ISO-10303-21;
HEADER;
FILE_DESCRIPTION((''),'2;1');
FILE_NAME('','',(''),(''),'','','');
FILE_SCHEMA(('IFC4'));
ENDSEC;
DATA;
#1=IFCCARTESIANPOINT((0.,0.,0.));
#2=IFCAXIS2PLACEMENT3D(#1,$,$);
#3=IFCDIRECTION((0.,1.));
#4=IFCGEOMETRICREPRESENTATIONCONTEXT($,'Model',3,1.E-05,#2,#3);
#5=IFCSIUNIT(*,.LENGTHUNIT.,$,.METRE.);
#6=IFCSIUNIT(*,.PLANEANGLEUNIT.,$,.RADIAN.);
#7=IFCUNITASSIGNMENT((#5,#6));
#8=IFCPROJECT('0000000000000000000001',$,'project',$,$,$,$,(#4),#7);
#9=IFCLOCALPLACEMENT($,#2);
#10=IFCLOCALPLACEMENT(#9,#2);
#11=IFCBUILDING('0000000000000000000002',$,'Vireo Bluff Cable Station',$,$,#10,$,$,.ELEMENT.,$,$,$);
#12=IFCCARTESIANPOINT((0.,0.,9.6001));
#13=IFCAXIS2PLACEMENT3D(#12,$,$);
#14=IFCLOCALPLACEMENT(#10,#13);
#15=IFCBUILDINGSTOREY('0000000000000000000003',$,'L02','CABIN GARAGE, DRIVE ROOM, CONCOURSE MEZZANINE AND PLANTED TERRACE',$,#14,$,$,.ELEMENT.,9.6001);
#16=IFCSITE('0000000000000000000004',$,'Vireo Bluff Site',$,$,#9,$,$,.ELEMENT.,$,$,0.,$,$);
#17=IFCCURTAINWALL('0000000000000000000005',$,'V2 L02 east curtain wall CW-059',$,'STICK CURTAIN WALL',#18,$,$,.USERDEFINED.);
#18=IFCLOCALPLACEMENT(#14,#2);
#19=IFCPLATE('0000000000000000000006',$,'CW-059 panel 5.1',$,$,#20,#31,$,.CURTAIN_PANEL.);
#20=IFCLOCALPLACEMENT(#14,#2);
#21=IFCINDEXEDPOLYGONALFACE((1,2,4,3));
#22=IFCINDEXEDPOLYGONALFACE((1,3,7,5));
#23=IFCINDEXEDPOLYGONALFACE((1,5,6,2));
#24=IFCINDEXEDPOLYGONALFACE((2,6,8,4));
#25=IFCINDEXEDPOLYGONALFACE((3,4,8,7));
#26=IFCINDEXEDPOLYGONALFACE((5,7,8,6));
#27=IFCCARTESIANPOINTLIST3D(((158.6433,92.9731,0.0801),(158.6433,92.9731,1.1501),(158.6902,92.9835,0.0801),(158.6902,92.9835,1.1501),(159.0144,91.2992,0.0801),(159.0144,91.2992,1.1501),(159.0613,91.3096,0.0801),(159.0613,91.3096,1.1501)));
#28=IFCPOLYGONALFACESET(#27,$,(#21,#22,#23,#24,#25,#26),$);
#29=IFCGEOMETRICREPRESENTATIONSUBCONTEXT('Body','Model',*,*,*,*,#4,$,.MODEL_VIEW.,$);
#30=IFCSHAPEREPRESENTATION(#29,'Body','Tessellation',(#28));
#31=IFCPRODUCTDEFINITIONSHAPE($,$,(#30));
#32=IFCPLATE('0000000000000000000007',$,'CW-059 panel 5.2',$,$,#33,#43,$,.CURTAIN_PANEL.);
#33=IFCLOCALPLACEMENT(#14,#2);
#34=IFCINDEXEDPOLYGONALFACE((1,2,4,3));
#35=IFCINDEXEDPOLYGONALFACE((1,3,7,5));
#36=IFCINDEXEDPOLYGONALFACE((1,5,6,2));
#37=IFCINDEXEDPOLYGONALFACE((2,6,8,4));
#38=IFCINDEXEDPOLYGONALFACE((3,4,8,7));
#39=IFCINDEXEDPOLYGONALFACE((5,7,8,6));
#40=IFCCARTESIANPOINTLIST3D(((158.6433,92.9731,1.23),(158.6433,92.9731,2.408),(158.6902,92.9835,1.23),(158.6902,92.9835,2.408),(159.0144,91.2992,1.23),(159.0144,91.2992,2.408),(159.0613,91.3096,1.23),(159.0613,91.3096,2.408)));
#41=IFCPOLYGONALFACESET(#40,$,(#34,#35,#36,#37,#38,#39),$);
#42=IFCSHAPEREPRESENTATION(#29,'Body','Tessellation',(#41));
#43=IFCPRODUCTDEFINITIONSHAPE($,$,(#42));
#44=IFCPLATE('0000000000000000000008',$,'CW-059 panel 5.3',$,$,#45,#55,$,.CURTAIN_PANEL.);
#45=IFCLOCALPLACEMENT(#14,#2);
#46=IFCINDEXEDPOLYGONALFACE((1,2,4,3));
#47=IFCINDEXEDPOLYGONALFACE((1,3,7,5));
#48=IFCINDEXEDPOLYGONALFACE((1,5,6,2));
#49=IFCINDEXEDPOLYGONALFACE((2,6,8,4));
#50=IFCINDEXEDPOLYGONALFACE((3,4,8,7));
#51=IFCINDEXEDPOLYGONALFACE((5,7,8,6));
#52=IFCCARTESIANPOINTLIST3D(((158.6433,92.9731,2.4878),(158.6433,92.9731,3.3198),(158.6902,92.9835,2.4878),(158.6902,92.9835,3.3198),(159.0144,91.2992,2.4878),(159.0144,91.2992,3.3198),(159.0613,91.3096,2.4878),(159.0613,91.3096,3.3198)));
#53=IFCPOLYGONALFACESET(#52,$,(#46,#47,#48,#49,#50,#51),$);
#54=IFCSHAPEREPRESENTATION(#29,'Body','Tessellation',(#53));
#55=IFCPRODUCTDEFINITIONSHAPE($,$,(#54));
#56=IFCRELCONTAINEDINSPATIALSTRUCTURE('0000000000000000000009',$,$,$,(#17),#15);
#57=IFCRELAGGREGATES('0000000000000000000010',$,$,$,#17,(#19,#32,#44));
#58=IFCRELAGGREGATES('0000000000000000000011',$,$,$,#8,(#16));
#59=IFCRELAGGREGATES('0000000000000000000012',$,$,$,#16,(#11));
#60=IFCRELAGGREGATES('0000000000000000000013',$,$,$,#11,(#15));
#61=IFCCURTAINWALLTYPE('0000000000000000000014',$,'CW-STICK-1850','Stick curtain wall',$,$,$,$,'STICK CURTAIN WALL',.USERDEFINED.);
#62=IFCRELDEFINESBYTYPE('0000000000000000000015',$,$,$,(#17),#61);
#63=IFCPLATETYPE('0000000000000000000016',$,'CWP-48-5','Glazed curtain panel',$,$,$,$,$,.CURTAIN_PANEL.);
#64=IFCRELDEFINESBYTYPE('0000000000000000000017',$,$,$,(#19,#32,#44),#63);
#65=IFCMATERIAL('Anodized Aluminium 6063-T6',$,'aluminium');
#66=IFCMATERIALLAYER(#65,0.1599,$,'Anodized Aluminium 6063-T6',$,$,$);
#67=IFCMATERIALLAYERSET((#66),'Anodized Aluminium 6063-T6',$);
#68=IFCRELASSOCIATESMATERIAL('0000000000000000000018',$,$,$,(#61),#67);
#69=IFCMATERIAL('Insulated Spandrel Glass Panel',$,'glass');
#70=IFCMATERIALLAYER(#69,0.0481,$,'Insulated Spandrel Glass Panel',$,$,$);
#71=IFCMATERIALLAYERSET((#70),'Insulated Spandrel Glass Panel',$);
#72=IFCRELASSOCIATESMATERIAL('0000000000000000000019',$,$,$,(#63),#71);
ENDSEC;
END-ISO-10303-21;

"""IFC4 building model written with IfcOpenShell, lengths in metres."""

from ifc_helpers import new_model, si_unit, direction, frame, origin, origin_2d, place, context, subcontext, project, spatial, rectangle, extrude, material, layer, layer_set, type_object, element, aggregate, save


model = new_model("IFC4")

# Units and contexts
model_context = context("Model", 3, precision=1e-05, world=origin(), true_north=direction((0.0, 1.0)))
body_context = subcontext(model_context, "Body", "Model", "MODEL_VIEW")
ifc_project = project(units=[si_unit("LENGTHUNIT", "METRE"), si_unit("PLANEANGLEUNIT", "RADIAN")], contexts=[model_context])

# Site, building, storey
site_placement = place(None, origin())
site = spatial("IfcSite", under=ifc_project, at=site_placement, Name="Vireo Bluff Site", CompositionType="ELEMENT", RefElevation=0.0)
building_placement = place(site_placement, origin())
building = spatial("IfcBuilding", under=site, at=building_placement, Name="Vireo Bluff Cable Station", CompositionType="ELEMENT")
storey_placement = place(building_placement, frame((0.0, 0.0, 9.6001)))
storey = spatial("IfcBuildingStorey", under=building, at=storey_placement, Name="L02", Description="CABIN GARAGE, DRIVE ROOM, CONCOURSE MEZZANINE AND PLANTED TERRACE", CompositionType="ELEMENT", Elevation=9.6001)

# Curtain wall
ifc_material_1 = material(Name="Anodized Aluminium 6063-T6", Category="aluminium")
ifc_layer_1 = layer(ifc_material_1, 0.1599, Name="Anodized Aluminium 6063-T6")
ifc_layer_set_1 = layer_set([ifc_layer_1], Name="Anodized Aluminium 6063-T6")
curtain_wall_type_1 = type_object("IfcCurtainWallType", Name="CW-STICK-1850", Description="Stick curtain wall", ElementType="STICK CURTAIN WALL", PredefinedType="USERDEFINED", material=ifc_layer_set_1)
curtain_wall_1_placement = place(storey_placement, origin())
curtain_wall_1 = element("IfcCurtainWall", 1, at=curtain_wall_1_placement, inside=storey, type_object=curtain_wall_type_1, Name="V2 L02 east curtain wall CW-059", ObjectType="STICK CURTAIN WALL", PredefinedType="USERDEFINED")

# Plates
ifc_material_2 = material(Name="Insulated Spandrel Glass Panel", Category="glass")
ifc_layer_2 = layer(ifc_material_2, 0.0481, Name="Insulated Spandrel Glass Panel")
ifc_layer_set_2 = layer_set([ifc_layer_2], Name="Insulated Spandrel Glass Panel")
plate_type_1 = type_object("IfcPlateType", Name="CWP-48-5", Description="Glazed curtain panel", PredefinedType="CURTAIN_PANEL", material=ifc_layer_set_2)
plate_1_placement = place(storey_placement, frame((158.8523, 92.1414, 0.0801), z_axis=(0.0, 0.0, 1.0), x_axis=(0.21644, -0.976296, 0.0)))
plate_1 = element("IfcPlate", 2, at=plate_1_placement, type_object=plate_type_1, Name="CW-059 panel 5.1", PredefinedType="CURTAIN_PANEL", context=body_context, shape_type="SweptSolid", body=[
    extrude(rectangle(XDim=1.7146, YDim=0.0481, at=origin_2d()), origin(), (0.0, 0.0, 1.0), 1.0701),
])
plate_2_placement = place(storey_placement, frame((158.8523, 92.1414, 1.23), z_axis=(0.0, 0.0, 1.0), x_axis=(0.21644, -0.976296, 0.0)))
plate_2 = element("IfcPlate", 3, at=plate_2_placement, type_object=plate_type_1, Name="CW-059 panel 5.2", PredefinedType="CURTAIN_PANEL", context=body_context, shape_type="SweptSolid", body=[
    extrude(rectangle(XDim=1.7146, YDim=0.0481, at=origin_2d()), origin(), (0.0, 0.0, 1.0), 1.178),
])
plate_3_placement = place(storey_placement, frame((158.8523, 92.1414, 2.4878), z_axis=(0.0, 0.0, 1.0), x_axis=(0.21644, -0.976296, 0.0)))
plate_3 = element("IfcPlate", 4, at=plate_3_placement, type_object=plate_type_1, Name="CW-059 panel 5.3", PredefinedType="CURTAIN_PANEL", context=body_context, shape_type="SweptSolid", body=[
    extrude(rectangle(XDim=1.7146, YDim=0.0481, at=origin_2d()), origin(), (0.0, 0.0, 1.0), 0.832),
])
aggregate(curtain_wall_1, [plate_1, plate_2, plate_3])

save(model, "model.ifc")
